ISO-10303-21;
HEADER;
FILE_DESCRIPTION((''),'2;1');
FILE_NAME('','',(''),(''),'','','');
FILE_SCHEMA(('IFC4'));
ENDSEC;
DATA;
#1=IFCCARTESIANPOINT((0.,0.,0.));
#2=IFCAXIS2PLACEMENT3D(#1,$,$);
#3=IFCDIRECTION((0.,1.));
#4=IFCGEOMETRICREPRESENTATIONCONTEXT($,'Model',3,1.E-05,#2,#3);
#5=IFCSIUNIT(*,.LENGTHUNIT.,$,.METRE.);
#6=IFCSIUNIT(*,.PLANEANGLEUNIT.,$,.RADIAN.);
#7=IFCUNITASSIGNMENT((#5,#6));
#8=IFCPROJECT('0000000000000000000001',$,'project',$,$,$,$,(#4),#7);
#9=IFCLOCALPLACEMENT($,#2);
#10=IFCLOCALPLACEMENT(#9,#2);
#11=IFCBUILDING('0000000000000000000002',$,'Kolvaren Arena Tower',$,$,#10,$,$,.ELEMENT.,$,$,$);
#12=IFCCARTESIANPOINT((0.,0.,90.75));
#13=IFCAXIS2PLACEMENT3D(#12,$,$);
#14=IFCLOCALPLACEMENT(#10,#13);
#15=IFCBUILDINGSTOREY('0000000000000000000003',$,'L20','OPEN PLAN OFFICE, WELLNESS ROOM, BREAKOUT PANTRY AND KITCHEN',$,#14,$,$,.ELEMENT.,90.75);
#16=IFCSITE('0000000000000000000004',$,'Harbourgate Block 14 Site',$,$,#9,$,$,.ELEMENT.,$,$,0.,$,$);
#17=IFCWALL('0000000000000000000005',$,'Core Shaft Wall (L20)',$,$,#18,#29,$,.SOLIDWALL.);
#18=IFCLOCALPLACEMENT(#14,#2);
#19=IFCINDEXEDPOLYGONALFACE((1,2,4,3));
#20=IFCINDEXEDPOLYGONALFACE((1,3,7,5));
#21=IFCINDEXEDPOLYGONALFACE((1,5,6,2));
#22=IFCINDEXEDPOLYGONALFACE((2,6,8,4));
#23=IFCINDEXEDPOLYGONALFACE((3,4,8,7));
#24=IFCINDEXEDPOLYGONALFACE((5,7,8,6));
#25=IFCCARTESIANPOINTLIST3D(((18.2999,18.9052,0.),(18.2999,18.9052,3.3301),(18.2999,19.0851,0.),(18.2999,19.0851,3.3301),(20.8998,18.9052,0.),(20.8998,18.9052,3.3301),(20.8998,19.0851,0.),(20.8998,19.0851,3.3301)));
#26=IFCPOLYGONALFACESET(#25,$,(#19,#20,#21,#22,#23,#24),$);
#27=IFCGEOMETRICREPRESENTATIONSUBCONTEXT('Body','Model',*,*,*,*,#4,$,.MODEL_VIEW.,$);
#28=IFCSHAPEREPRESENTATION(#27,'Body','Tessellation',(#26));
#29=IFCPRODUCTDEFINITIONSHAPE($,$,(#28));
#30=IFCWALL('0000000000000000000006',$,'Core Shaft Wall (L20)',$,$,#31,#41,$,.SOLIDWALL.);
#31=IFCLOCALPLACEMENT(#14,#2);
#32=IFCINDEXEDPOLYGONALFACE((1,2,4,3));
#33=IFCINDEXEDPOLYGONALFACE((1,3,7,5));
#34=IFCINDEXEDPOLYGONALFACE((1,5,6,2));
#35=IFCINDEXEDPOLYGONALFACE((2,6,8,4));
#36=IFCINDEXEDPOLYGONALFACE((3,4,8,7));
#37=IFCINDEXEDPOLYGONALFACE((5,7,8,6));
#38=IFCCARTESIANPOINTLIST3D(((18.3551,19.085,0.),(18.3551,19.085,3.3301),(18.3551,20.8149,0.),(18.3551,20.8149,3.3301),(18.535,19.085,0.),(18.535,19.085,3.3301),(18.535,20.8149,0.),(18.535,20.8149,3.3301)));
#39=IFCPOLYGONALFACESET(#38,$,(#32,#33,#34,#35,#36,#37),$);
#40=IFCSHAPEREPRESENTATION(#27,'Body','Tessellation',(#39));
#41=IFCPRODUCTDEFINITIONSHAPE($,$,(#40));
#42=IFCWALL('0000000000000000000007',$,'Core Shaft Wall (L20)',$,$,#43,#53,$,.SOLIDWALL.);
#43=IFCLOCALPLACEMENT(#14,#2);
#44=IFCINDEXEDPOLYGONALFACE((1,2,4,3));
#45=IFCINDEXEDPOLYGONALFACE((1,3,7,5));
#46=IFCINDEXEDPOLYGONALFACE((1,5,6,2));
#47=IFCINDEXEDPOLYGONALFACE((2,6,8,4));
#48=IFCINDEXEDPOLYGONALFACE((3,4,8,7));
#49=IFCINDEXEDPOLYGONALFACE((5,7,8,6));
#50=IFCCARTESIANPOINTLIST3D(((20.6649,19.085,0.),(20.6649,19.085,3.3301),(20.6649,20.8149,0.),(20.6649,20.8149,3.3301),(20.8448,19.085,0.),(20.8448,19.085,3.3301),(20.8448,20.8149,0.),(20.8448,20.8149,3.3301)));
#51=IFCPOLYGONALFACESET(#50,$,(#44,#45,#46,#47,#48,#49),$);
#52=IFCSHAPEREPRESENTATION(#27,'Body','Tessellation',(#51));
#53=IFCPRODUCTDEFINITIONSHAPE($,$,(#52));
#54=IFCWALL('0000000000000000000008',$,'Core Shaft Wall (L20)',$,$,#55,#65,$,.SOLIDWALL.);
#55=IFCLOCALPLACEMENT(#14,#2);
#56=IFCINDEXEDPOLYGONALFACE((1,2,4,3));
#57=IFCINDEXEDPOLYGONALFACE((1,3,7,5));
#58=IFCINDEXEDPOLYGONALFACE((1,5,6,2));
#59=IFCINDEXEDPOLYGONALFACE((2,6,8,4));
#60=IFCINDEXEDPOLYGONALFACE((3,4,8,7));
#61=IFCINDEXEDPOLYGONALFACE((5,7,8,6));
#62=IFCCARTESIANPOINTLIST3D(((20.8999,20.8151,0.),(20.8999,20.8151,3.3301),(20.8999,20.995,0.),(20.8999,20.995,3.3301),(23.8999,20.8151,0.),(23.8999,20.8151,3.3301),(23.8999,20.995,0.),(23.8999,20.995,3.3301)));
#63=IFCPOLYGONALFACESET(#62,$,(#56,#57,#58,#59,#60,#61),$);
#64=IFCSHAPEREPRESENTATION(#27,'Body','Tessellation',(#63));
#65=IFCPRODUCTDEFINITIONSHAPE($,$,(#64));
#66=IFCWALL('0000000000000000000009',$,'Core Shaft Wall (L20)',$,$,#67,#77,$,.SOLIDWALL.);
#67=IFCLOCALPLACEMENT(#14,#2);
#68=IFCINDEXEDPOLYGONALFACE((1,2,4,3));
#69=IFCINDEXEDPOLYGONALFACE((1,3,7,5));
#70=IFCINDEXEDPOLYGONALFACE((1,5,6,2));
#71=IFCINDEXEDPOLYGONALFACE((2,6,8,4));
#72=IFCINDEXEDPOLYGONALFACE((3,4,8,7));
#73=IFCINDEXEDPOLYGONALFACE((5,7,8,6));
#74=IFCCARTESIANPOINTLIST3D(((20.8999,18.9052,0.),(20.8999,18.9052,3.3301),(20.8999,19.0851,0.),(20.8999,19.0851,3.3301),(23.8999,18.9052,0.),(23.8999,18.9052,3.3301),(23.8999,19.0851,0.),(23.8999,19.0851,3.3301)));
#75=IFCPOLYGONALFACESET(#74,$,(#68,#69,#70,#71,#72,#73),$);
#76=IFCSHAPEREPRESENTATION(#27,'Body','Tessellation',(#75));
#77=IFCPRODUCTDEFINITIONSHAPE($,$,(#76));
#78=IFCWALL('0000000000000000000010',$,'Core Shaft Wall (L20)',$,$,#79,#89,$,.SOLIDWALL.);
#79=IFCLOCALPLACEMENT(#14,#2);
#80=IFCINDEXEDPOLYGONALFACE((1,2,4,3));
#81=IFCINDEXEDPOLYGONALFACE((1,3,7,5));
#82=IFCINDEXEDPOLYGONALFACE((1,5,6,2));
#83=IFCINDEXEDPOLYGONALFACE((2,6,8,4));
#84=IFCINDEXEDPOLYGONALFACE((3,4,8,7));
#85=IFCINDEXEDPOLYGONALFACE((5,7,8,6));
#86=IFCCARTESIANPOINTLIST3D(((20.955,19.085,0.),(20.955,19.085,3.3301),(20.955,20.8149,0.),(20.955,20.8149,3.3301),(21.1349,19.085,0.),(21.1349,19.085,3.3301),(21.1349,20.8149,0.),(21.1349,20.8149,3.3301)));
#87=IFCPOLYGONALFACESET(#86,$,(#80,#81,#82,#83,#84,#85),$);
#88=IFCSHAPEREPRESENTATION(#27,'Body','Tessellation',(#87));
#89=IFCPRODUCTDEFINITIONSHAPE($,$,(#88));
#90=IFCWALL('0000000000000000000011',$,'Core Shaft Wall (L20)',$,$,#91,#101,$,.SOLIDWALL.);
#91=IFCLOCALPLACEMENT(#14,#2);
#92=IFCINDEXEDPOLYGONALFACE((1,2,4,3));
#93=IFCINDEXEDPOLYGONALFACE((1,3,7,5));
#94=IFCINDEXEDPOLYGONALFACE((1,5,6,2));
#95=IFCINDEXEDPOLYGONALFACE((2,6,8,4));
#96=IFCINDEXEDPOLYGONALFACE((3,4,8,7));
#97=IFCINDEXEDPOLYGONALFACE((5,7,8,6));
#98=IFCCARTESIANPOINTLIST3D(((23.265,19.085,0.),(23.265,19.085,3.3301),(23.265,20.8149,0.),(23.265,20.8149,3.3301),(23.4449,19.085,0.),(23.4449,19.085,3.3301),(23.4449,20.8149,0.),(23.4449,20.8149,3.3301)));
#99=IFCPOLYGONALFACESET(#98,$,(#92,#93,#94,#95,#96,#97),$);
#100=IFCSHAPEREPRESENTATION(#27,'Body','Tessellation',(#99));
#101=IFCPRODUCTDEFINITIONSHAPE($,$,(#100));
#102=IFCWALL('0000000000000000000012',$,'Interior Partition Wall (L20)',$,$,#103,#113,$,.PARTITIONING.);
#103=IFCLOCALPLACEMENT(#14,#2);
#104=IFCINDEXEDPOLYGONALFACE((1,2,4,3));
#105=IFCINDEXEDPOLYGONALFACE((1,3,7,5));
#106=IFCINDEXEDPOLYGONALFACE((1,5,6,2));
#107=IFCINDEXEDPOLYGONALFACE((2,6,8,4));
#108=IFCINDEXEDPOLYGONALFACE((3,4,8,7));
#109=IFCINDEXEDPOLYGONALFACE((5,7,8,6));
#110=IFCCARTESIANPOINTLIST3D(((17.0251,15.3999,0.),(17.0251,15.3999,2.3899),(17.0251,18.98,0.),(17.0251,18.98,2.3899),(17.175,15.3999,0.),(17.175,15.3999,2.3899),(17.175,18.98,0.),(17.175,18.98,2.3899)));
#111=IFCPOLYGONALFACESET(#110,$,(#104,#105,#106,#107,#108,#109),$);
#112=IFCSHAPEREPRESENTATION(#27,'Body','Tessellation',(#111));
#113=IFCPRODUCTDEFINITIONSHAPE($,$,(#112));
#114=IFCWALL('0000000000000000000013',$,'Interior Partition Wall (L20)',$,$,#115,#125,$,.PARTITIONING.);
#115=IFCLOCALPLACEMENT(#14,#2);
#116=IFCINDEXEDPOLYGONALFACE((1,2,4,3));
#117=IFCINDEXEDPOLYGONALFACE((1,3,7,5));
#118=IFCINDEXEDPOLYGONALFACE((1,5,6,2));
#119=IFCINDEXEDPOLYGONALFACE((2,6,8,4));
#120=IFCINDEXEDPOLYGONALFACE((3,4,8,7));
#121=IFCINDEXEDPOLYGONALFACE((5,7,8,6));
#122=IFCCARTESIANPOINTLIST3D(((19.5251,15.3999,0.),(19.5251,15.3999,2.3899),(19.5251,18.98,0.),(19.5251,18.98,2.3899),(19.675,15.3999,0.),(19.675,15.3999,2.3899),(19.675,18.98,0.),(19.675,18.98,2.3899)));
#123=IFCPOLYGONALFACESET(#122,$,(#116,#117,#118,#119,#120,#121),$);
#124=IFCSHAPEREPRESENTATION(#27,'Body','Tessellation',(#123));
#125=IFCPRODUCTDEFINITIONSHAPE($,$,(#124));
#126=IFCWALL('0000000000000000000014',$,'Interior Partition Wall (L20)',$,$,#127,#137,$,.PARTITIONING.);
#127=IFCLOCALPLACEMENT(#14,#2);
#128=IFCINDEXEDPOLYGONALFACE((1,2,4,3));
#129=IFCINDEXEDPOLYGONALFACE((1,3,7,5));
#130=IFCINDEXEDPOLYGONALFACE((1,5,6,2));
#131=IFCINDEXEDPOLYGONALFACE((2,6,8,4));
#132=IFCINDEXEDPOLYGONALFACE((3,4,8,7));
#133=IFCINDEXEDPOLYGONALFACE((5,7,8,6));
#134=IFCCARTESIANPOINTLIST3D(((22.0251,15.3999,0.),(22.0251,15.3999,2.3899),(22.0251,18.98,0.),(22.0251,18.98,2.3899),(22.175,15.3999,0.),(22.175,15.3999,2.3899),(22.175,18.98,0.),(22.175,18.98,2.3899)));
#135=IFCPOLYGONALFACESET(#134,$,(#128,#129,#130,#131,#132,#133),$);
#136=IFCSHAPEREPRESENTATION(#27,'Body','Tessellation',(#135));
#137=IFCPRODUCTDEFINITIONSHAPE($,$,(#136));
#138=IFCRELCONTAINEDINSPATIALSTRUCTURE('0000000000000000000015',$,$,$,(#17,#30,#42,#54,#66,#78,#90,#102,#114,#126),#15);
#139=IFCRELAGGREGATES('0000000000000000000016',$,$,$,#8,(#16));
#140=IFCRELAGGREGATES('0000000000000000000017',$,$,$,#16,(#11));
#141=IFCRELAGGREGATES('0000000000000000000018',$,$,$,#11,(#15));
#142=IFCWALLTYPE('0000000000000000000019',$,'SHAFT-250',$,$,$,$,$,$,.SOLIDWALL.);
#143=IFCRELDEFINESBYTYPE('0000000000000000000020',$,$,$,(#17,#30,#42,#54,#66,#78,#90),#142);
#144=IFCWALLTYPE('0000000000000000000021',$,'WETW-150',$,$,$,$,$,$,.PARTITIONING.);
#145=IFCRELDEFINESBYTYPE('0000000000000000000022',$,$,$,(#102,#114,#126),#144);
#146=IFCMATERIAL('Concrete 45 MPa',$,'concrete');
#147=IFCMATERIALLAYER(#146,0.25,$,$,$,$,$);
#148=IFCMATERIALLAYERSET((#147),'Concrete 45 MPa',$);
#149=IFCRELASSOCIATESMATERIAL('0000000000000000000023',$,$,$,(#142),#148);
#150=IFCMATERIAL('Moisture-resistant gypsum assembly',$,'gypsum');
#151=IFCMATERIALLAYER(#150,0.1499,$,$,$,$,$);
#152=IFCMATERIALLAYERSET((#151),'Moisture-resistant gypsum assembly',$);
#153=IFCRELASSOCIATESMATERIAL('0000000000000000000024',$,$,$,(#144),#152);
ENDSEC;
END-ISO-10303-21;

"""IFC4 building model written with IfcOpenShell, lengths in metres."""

from ifc_helpers import new_model, si_unit, direction, frame, frame_2d, origin, place, context, subcontext, project, spatial, rectangle, extrude, material, layer, layer_set, type_object, element, save


model = new_model("IFC4")

# Units and contexts
model_context = context("Model", 3, precision=1e-05, world=origin(), true_north=direction((0.0, 1.0)))
body_context = subcontext(model_context, "Body", "Model", "MODEL_VIEW")
ifc_project = project(units=[si_unit("LENGTHUNIT", "METRE"), si_unit("PLANEANGLEUNIT", "RADIAN")], contexts=[model_context])

# Site, building, storey
site_placement = place(None, origin())
site = spatial("IfcSite", under=ifc_project, at=site_placement, Name="Harbourgate Block 14 Site", CompositionType="ELEMENT", RefElevation=0.0)
building_placement = place(site_placement, origin())
building = spatial("IfcBuilding", under=site, at=building_placement, Name="Kolvaren Arena Tower", CompositionType="ELEMENT")
storey_placement = place(building_placement, frame((0.0, 0.0, 90.75)))
storey = spatial("IfcBuildingStorey", under=building, at=storey_placement, Name="L20", Description="OPEN PLAN OFFICE, WELLNESS ROOM, BREAKOUT PANTRY AND KITCHEN", CompositionType="ELEMENT", Elevation=90.75)

# Walls
ifc_material_1 = material(Name="Concrete 45 MPa", Category="concrete")
ifc_layer_1 = layer(ifc_material_1, 0.25)
ifc_layer_set_1 = layer_set([ifc_layer_1], Name="Concrete 45 MPa")
wall_type_1 = type_object("IfcWallType", Name="SHAFT-250", PredefinedType="SOLIDWALL", material=ifc_layer_set_1)
for number, where, z_axis, x_axis, name in (
    (1, (18.3, 18.9951, 0.0), (0.0, 0.0, 1.0), (1.0, 0.0, 0.0), "Core Shaft Wall (L20)"),
):
    element("IfcWall", number, at=place(storey_placement, frame(where, z_axis=z_axis, x_axis=x_axis)), inside=storey, type_object=wall_type_1, Name=name, PredefinedType="SOLIDWALL", context=body_context, shape_type="SweptSolid", body=[
        extrude(rectangle(XDim=2.5999, YDim=0.1799, at=frame_2d((1.2998, 0.0))), origin(), (0.0, 0.0, 1.0), 3.3301),
    ])
for number, where, z_axis, x_axis, name in (
    (2, (18.4451, 19.085, 0.0), (0.0, 0.0, 1.0), (0.0, 1.0, 0.0), "Core Shaft Wall (L20)"),
    (3, (20.7549, 19.085, 0.0), (0.0, 0.0, 1.0), (0.0, 1.0, 0.0), "Core Shaft Wall (L20)"),
):
    element("IfcWall", number, at=place(storey_placement, frame(where, z_axis=z_axis, x_axis=x_axis)), inside=storey, type_object=wall_type_1, Name=name, PredefinedType="SOLIDWALL", context=body_context, shape_type="SweptSolid", body=[
        extrude(rectangle(XDim=1.73, YDim=0.1799, at=frame_2d((0.865, 0.0))), origin(), (0.0, 0.0, 1.0), 3.3301),
    ])
for number, where, z_axis, x_axis, name in (
    (4, (20.8999, 20.905, 0.0), (0.0, 0.0, 1.0), (1.0, 0.0, 0.0), "Core Shaft Wall (L20)"),
    (5, (20.8999, 18.9951, 0.0), (0.0, 0.0, 1.0), (1.0, 0.0, 0.0), "Core Shaft Wall (L20)"),
):
    element("IfcWall", number, at=place(storey_placement, frame(where, z_axis=z_axis, x_axis=x_axis)), inside=storey, type_object=wall_type_1, Name=name, PredefinedType="SOLIDWALL", context=body_context, shape_type="SweptSolid", body=[
        extrude(rectangle(XDim=3.0, YDim=0.1799, at=frame_2d((1.5, 0.0))), origin(), (0.0, 0.0, 1.0), 3.3301),
    ])
for number, where, z_axis, x_axis, name in (
    (6, (21.0449, 19.085, 0.0), (0.0, 0.0, 1.0), (0.0, 1.0, 0.0), "Core Shaft Wall (L20)"),
    (7, (23.355, 19.085, 0.0), (0.0, 0.0, 1.0), (0.0, 1.0, 0.0), "Core Shaft Wall (L20)"),
):
    element("IfcWall", number, at=place(storey_placement, frame(where, z_axis=z_axis, x_axis=x_axis)), inside=storey, type_object=wall_type_1, Name=name, PredefinedType="SOLIDWALL", context=body_context, shape_type="SweptSolid", body=[
        extrude(rectangle(XDim=1.73, YDim=0.1799, at=frame_2d((0.865, 0.0))), origin(), (0.0, 0.0, 1.0), 3.3301),
    ])
ifc_material_2 = material(Name="Moisture-resistant gypsum assembly", Category="gypsum")
ifc_layer_2 = layer(ifc_material_2, 0.1499)
ifc_layer_set_2 = layer_set([ifc_layer_2], Name="Moisture-resistant gypsum assembly")
wall_type_2 = type_object("IfcWallType", Name="WETW-150", PredefinedType="PARTITIONING", material=ifc_layer_set_2)
for number, where, z_axis, x_axis, name in (
    (8, (17.1001, 15.3999, 0.0), (0.0, 0.0, 1.0), (0.0, 1.0, 0.0), "Interior Partition Wall (L20)"),
    (9, (19.6001, 15.3999, 0.0), (0.0, 0.0, 1.0), (0.0, 1.0, 0.0), "Interior Partition Wall (L20)"),
    (10, (22.1001, 15.3999, 0.0), (0.0, 0.0, 1.0), (0.0, 1.0, 0.0), "Interior Partition Wall (L20)"),
):
    element("IfcWall", number, at=place(storey_placement, frame(where, z_axis=z_axis, x_axis=x_axis)), inside=storey, type_object=wall_type_2, Name=name, PredefinedType="PARTITIONING", context=body_context, shape_type="SweptSolid", body=[
        extrude(rectangle(XDim=3.5801, YDim=0.1499, at=frame_2d((1.79, 0.0))), origin(), (0.0, 0.0, 1.0), 2.3899),
    ])

save(model, "model.ifc")
